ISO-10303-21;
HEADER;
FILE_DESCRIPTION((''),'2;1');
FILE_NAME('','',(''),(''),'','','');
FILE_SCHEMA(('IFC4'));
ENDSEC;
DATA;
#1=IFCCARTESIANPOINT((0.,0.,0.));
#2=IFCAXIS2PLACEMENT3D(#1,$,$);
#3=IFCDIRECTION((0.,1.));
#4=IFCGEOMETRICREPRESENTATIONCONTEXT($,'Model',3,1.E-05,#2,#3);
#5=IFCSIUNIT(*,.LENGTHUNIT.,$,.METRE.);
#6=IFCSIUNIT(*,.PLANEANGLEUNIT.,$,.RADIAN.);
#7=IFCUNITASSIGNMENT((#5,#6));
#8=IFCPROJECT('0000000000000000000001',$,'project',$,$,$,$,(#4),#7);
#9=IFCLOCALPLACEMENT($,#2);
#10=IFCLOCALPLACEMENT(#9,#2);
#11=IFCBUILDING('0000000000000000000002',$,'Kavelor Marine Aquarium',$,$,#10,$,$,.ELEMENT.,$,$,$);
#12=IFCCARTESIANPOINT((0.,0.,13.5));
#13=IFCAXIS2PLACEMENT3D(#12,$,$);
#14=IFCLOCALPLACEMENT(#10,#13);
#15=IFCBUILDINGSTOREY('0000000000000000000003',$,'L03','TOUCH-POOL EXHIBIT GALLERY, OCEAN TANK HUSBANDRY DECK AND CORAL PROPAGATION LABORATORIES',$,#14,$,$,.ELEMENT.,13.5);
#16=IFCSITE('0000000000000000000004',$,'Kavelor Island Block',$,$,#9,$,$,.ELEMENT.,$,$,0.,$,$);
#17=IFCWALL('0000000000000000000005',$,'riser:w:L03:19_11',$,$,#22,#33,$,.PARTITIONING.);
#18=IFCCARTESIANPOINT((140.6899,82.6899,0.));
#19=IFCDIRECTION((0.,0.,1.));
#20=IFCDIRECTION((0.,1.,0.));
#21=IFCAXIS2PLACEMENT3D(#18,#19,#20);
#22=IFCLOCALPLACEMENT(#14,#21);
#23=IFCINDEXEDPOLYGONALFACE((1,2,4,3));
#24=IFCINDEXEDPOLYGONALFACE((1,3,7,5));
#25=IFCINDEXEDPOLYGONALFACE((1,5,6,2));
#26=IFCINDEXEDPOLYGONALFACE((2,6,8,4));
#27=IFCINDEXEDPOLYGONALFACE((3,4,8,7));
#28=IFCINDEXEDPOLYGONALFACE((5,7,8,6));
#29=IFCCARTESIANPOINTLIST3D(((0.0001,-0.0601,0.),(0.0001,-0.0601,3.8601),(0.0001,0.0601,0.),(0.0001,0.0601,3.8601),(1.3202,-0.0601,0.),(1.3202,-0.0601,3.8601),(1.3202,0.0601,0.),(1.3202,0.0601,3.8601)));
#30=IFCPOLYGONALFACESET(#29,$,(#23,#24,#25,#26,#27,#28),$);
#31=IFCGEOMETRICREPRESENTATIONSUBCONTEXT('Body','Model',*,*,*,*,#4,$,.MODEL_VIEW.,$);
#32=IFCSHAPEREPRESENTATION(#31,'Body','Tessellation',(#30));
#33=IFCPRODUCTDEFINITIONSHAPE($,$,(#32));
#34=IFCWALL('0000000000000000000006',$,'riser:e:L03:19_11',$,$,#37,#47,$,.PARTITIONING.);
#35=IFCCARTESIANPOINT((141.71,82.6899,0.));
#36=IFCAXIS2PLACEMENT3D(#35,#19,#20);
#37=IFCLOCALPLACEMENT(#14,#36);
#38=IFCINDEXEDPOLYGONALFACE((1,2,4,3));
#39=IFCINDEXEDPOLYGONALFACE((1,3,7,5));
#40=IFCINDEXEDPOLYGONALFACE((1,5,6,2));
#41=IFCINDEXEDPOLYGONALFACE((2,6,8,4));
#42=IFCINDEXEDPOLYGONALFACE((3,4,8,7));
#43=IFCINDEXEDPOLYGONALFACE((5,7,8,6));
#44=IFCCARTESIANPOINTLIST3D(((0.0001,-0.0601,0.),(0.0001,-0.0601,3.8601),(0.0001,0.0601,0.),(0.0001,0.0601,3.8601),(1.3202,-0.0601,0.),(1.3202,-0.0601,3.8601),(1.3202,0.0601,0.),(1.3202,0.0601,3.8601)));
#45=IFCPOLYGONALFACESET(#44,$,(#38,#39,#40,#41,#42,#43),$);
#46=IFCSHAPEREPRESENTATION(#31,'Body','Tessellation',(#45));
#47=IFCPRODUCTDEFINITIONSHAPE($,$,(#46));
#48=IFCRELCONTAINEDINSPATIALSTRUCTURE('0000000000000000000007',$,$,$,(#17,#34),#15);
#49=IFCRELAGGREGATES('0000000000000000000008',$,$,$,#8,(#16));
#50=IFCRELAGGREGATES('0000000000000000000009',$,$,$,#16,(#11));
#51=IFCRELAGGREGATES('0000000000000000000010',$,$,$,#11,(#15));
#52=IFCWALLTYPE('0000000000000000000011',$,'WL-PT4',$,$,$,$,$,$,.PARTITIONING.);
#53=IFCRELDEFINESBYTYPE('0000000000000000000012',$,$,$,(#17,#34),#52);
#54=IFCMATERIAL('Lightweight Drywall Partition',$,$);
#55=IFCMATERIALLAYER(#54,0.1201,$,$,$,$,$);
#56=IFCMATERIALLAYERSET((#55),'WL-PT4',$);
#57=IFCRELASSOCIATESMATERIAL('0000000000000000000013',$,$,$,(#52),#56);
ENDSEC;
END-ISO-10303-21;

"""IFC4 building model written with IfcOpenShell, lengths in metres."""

from ifc_helpers import new_model, si_unit, direction, frame, frame_2d, origin, place, context, subcontext, project, spatial, rectangle, extrude, material, layer, layer_set, type_object, element, save


model = new_model("IFC4")

# Units and contexts
model_context = context("Model", 3, precision=1e-05, world=origin(), true_north=direction((0.0, 1.0)))
body_context = subcontext(model_context, "Body", "Model", "MODEL_VIEW")
ifc_project = project(units=[si_unit("LENGTHUNIT", "METRE"), si_unit("PLANEANGLEUNIT", "RADIAN")], contexts=[model_context])

# Site, building, storey
site_placement = place(None, origin())
site = spatial("IfcSite", under=ifc_project, at=site_placement, Name="Kavelor Island Block", CompositionType="ELEMENT", RefElevation=0.0)
building_placement = place(site_placement, origin())
building = spatial("IfcBuilding", under=site, at=building_placement, Name="Kavelor Marine Aquarium", CompositionType="ELEMENT")
storey_placement = place(building_placement, frame((0.0, 0.0, 13.5)))
storey = spatial("IfcBuildingStorey", under=building, at=storey_placement, Name="L03", Description="TOUCH-POOL EXHIBIT GALLERY, OCEAN TANK HUSBANDRY DECK AND CORAL PROPAGATION LABORATORIES", CompositionType="ELEMENT", Elevation=13.5)

# Walls
ifc_material_1 = material(Name="Lightweight Drywall Partition")
ifc_layer_1 = layer(ifc_material_1, 0.1201)
ifc_layer_set_1 = layer_set([ifc_layer_1], Name="WL-PT4")
wall_type_1 = type_object("IfcWallType", Name="WL-PT4", PredefinedType="PARTITIONING", material=ifc_layer_set_1)
for number, where, z_axis, x_axis, name in (
    (1, (140.6899, 82.6899, 0.0), (0.0, 0.0, 1.0), (0.0, 1.0, 0.0), "riser:w:L03:19_11"),
    (2, (141.71, 82.6899, 0.0), (0.0, 0.0, 1.0), (0.0, 1.0, 0.0), "riser:e:L03:19_11"),
):
    element("IfcWall", number, at=place(storey_placement, frame(where, z_axis=z_axis, x_axis=x_axis)), inside=storey, type_object=wall_type_1, Name=name, PredefinedType="PARTITIONING", context=body_context, shape_type="SweptSolid", body=[
        extrude(rectangle(XDim=1.3201, YDim=0.1201, at=frame_2d((0.6602, 0.0))), origin(), (0.0, 0.0, 1.0), 3.8601),
    ])

save(model, "model.ifc")
